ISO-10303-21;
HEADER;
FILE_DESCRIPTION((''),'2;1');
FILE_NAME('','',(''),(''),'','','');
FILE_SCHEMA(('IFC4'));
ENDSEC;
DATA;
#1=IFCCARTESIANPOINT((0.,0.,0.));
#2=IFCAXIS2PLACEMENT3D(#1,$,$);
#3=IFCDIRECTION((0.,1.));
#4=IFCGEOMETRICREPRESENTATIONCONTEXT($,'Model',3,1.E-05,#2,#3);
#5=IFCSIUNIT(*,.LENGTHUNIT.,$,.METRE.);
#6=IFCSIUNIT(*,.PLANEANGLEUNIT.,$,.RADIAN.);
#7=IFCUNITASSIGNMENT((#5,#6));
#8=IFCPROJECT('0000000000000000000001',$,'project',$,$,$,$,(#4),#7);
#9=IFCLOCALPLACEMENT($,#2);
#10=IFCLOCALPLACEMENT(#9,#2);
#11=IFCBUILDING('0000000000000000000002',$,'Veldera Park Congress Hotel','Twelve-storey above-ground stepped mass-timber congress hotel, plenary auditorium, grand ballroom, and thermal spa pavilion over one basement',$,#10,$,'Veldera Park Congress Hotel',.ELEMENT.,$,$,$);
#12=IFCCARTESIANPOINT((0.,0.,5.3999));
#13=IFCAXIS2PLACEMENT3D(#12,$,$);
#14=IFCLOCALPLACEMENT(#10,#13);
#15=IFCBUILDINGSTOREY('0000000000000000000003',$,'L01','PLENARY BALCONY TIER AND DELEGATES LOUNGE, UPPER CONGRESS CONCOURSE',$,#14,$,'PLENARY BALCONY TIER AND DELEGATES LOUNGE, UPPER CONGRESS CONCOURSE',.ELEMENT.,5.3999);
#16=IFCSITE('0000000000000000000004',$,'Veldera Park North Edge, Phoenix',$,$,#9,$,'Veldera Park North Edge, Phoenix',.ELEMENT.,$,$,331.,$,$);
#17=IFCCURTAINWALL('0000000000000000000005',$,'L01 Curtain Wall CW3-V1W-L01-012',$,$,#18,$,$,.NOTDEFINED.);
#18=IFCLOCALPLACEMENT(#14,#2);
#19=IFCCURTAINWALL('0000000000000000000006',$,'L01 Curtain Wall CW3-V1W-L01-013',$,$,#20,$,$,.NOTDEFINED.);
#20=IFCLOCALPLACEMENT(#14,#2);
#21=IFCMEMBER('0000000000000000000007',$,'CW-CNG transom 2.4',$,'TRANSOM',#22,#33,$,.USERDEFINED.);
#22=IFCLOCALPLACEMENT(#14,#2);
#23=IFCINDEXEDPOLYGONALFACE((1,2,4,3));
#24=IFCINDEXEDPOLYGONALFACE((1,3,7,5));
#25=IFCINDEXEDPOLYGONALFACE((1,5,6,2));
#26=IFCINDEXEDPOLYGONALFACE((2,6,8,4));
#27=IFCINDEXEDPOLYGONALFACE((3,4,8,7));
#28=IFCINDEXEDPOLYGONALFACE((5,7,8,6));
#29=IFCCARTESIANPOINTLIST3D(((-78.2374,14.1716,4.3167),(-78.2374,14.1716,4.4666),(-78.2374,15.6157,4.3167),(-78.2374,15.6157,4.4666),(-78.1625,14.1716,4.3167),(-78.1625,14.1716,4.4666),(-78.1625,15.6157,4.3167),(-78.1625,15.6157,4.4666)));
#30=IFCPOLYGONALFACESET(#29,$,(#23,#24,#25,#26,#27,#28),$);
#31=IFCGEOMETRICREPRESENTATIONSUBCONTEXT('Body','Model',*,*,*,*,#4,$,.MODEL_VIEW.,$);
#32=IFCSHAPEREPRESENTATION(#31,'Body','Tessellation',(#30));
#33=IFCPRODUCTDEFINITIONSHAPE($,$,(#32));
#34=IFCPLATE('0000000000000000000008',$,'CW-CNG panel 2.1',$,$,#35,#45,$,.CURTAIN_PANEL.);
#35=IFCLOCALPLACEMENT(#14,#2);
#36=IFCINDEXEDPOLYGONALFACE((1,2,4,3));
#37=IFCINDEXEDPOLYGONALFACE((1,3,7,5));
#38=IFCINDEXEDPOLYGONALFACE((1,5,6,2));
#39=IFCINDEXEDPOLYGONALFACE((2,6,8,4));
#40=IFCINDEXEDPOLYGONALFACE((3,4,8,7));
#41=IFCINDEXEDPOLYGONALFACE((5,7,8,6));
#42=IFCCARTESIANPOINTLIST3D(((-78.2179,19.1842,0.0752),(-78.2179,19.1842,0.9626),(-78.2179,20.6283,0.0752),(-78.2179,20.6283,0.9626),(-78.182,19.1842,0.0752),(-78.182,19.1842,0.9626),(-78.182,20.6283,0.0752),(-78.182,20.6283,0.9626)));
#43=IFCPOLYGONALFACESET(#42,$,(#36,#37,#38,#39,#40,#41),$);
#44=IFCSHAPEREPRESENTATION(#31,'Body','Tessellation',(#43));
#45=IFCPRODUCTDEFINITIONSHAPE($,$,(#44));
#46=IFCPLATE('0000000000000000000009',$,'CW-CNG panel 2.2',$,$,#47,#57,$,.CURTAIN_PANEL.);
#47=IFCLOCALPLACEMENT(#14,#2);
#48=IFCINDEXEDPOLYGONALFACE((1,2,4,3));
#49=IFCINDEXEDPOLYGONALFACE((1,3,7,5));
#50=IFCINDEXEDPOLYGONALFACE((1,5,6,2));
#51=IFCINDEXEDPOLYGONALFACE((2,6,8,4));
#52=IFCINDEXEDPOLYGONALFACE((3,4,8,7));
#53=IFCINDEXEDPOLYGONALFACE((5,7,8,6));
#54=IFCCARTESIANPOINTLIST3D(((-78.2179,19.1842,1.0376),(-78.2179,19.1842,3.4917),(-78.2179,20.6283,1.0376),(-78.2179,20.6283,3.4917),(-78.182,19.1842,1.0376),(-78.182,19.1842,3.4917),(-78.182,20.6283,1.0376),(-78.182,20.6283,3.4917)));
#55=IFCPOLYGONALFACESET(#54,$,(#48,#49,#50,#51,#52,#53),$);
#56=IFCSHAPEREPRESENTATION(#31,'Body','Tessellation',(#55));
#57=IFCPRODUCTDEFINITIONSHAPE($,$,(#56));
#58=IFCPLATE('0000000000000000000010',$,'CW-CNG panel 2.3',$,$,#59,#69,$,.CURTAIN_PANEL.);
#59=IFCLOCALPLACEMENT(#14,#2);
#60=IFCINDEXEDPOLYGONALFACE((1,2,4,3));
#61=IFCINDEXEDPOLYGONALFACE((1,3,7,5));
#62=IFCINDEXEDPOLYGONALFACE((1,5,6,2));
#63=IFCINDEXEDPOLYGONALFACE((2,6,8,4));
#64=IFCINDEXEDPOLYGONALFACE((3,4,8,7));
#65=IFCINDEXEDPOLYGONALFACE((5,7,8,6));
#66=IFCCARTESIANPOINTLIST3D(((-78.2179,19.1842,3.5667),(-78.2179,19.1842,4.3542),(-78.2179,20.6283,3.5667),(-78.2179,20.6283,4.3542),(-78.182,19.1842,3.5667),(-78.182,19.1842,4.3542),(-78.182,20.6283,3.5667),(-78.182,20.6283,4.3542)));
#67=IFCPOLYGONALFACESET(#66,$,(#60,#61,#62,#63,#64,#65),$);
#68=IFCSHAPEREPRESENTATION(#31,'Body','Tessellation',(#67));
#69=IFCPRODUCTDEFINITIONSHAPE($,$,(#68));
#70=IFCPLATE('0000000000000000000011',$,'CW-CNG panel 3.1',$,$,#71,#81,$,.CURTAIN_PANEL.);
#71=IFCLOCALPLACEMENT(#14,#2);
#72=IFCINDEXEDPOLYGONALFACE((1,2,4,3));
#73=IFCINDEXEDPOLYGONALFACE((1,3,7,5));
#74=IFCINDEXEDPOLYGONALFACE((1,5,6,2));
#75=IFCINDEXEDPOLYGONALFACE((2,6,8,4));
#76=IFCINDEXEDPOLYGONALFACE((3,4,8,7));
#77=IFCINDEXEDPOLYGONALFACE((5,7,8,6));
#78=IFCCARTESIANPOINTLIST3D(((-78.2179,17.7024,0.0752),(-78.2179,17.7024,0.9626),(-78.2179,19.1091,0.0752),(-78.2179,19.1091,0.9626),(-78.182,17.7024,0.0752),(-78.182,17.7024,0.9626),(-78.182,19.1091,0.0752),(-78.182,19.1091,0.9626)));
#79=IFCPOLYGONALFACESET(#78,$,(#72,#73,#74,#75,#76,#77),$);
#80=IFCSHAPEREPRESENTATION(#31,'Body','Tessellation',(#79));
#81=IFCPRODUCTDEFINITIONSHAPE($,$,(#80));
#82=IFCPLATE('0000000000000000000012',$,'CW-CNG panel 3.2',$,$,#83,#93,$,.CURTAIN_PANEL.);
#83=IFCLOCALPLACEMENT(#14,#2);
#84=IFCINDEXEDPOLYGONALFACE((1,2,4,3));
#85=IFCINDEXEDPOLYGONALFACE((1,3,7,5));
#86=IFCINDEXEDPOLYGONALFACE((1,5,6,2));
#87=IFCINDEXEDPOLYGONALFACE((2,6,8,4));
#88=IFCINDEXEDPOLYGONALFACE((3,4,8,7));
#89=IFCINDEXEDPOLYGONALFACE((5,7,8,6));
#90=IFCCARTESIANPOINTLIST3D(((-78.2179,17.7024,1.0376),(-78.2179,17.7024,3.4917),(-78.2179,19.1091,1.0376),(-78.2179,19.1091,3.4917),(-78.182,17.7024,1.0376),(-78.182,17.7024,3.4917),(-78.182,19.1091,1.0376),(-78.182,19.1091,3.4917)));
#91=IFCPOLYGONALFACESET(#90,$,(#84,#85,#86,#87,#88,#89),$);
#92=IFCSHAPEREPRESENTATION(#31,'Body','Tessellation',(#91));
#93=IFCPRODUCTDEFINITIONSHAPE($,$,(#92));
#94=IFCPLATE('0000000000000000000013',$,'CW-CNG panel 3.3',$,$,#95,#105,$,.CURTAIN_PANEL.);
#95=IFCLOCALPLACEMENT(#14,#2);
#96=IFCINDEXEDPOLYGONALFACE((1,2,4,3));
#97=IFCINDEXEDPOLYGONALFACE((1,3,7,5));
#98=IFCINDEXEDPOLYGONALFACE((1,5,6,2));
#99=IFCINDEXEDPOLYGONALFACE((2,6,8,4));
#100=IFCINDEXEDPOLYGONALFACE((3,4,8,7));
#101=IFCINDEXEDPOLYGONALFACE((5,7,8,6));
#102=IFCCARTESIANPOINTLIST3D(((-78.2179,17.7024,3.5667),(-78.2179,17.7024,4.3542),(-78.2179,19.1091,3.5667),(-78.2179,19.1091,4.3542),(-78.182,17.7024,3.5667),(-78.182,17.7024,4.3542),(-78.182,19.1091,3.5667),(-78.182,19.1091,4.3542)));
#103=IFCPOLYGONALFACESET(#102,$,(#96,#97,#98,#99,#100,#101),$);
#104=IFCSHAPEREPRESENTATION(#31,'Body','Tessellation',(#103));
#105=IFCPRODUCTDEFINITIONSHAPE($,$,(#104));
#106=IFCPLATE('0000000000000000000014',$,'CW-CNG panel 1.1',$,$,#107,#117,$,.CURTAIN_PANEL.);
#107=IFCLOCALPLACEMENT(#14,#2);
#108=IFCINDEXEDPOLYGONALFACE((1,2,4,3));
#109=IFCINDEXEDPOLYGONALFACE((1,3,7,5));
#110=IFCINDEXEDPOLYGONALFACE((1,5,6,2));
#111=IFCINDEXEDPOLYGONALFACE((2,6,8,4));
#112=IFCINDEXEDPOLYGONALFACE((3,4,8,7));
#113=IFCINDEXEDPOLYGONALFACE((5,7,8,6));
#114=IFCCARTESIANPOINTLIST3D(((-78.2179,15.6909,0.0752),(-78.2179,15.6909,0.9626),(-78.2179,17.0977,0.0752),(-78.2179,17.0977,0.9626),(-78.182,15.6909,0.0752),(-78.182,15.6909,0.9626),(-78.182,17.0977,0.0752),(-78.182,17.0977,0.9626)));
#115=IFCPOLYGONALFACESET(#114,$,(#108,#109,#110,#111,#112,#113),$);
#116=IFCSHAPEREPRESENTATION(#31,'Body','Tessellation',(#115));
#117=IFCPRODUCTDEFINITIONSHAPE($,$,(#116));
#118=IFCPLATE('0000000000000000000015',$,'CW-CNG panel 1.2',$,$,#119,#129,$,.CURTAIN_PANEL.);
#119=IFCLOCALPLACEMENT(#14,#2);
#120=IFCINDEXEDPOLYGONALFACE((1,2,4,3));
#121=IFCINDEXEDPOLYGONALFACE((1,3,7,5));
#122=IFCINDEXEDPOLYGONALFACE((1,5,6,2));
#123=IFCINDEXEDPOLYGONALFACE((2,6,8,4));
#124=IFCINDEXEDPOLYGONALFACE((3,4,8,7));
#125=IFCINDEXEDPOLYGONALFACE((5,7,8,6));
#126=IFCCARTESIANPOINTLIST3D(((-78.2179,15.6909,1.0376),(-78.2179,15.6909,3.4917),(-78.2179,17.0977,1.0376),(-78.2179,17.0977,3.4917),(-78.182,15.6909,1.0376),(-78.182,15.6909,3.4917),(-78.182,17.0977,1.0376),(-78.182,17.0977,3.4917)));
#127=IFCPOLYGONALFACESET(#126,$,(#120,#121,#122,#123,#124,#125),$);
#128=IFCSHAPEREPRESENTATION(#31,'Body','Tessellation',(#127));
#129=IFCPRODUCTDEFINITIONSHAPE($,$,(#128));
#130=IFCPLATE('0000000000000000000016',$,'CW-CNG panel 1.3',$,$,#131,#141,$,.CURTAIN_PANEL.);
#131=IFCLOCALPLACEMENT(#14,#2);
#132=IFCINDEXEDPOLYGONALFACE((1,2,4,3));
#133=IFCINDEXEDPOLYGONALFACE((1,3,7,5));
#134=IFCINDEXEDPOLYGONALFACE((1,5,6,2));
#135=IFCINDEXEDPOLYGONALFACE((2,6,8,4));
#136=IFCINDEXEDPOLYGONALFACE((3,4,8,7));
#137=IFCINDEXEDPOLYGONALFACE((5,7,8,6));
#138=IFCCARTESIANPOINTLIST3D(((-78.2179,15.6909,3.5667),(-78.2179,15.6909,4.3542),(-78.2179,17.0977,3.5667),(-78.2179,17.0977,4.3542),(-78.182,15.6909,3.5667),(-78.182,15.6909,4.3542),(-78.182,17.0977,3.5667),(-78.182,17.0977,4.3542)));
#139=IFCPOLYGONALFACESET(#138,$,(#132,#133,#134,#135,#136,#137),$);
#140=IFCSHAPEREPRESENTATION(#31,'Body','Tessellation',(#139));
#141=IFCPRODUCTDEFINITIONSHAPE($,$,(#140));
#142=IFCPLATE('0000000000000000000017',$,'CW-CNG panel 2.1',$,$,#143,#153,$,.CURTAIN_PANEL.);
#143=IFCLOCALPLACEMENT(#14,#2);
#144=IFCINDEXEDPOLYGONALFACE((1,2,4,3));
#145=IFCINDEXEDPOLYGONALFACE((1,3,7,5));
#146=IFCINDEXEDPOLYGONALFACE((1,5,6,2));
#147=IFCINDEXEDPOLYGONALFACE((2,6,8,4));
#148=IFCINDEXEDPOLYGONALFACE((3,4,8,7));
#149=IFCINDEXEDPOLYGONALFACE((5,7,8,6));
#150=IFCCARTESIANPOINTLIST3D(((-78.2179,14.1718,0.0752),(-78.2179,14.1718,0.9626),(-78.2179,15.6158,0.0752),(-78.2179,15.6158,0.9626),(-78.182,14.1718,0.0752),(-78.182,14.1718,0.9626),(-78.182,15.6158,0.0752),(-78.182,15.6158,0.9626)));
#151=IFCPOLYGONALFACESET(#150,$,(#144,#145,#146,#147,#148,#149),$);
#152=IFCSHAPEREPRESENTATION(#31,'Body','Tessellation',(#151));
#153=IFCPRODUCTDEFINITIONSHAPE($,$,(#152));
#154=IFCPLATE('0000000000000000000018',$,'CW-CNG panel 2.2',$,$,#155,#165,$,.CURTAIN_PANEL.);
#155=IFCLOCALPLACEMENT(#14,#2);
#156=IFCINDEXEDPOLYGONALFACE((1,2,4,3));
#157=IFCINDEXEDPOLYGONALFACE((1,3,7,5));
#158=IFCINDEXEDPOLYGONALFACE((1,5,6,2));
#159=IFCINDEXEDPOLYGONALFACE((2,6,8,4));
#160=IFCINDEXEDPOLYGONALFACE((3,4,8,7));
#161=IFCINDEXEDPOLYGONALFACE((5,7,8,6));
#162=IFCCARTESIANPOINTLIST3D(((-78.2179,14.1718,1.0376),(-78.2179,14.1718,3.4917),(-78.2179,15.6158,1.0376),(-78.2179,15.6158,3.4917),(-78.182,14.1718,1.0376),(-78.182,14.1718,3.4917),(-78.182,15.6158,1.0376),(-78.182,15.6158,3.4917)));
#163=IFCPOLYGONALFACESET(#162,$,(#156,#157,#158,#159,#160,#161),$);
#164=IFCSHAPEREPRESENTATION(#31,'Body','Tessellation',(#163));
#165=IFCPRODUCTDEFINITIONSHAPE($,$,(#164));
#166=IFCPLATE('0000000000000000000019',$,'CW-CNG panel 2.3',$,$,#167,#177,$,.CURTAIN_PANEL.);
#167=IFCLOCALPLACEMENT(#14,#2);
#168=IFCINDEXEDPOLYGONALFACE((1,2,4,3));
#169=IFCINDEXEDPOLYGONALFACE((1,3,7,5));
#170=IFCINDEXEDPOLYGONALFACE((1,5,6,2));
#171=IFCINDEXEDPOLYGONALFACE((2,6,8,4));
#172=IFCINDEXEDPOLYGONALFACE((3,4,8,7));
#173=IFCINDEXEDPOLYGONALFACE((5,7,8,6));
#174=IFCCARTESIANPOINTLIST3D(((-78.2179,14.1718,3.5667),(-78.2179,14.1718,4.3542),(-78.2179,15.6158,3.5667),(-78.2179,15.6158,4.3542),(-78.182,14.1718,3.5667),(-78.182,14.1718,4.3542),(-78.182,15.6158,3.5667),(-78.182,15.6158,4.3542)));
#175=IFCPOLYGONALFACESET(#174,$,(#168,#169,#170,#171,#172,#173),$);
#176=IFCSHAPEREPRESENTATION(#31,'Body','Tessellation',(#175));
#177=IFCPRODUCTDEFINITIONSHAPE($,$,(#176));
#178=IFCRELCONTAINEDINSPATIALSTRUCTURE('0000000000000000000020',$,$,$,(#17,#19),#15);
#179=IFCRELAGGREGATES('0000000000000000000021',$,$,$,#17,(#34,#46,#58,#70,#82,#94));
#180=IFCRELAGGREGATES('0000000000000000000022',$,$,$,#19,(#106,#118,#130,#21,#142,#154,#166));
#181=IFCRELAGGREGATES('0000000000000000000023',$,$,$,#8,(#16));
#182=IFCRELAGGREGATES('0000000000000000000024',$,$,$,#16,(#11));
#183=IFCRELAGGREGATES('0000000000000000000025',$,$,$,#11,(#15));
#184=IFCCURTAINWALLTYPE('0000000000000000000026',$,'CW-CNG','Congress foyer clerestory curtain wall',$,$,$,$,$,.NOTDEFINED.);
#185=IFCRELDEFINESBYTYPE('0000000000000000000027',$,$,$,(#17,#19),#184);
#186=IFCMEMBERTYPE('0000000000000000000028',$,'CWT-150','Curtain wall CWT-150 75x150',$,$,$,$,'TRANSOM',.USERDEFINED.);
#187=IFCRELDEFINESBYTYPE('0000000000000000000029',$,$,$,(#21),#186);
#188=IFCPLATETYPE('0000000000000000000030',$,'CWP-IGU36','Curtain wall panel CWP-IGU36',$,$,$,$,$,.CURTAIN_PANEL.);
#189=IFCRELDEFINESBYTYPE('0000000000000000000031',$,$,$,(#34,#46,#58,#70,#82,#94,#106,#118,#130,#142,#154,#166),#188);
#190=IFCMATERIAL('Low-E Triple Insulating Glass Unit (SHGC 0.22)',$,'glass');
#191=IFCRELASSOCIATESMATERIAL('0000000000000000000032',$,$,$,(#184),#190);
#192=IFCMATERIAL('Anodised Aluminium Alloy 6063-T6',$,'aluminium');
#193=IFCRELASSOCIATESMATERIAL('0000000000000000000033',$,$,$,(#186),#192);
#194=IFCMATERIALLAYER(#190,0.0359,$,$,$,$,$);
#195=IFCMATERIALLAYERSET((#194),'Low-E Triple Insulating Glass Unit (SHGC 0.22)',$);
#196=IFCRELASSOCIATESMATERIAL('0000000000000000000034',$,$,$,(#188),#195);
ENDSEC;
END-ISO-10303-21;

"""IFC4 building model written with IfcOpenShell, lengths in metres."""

from ifc_helpers import new_model, si_unit, direction, frame, origin, origin_2d, place, context, subcontext, project, spatial, rectangle, extrude, material, layer, layer_set, material_profile, profile_set, type_object, element, aggregate, save


model = new_model("IFC4")

# Units and contexts
model_context = context("Model", 3, precision=1e-05, world=origin(), true_north=direction((0.0, 1.0)))
body_context = subcontext(model_context, "Body", "Model", "MODEL_VIEW")
ifc_project = project(units=[si_unit("LENGTHUNIT", "METRE"), si_unit("PLANEANGLEUNIT", "RADIAN")], contexts=[model_context])

# Site, building, storey
site_placement = place(None, origin())
site = spatial("IfcSite", under=ifc_project, at=site_placement, Name="Veldera Park North Edge, Phoenix", LongName="Veldera Park North Edge, Phoenix", CompositionType="ELEMENT", RefElevation=331.0)
building_placement = place(site_placement, origin())
building = spatial("IfcBuilding", under=site, at=building_placement, Name="Veldera Park Congress Hotel", Description="Twelve-storey above-ground stepped mass-timber congress hotel, plenary auditorium, grand ballroom, and thermal spa pavilion over one basement", LongName="Veldera Park Congress Hotel", CompositionType="ELEMENT")
storey_placement = place(building_placement, frame((0.0, 0.0, 5.3999)))
storey = spatial("IfcBuildingStorey", under=building, at=storey_placement, Name="L01", Description="PLENARY BALCONY TIER AND DELEGATES LOUNGE, UPPER CONGRESS CONCOURSE", LongName="PLENARY BALCONY TIER AND DELEGATES LOUNGE, UPPER CONGRESS CONCOURSE", CompositionType="ELEMENT", Elevation=5.3999)

# Curtain walls
ifc_material_1 = material(Name="Low-E Triple Insulating Glass Unit (SHGC 0.22)", Category="glass")
curtain_wall_type = type_object("IfcCurtainWallType", Name="CW-CNG", Description="Congress foyer clerestory curtain wall", PredefinedType="NOTDEFINED", material=ifc_material_1)
curtain_wall_1_placement = place(storey_placement, origin())
curtain_wall_1 = element("IfcCurtainWall", 1, at=curtain_wall_1_placement, inside=storey, type_object=curtain_wall_type, Name="L01 Curtain Wall CW3-V1W-L01-012", PredefinedType="NOTDEFINED")
ifc_material_2 = material(Name="Anodised Aluminium Alloy 6063-T6", Category="aluminium")
curtain_wall_2_placement = place(storey_placement, origin())
curtain_wall_2 = element("IfcCurtainWall", 2, at=curtain_wall_2_placement, inside=storey, type_object=curtain_wall_type, Name="L01 Curtain Wall CW3-V1W-L01-013", PredefinedType="NOTDEFINED")

# Member
ifc_material_profile_1 = material_profile(ifc_material_2, rectangle(XDim=0.075, YDim=0.1499, at=origin_2d()), Name="ALU 75x150")
ifc_profile_set_1 = profile_set([ifc_material_profile_1], Name="Anodised Aluminium Alloy 6063-T6")
member_type_1 = type_object("IfcMemberType", Name="CWT-150", Description="Curtain wall CWT-150 75x150", ElementType="TRANSOM", PredefinedType="USERDEFINED", material=ifc_profile_set_1)
member_1_placement = place(storey_placement, frame((-78.2, 15.6157, 4.3916), z_axis=(0.0, -1.0, 0.0), x_axis=(1.0, 0.0, 0.0)))
member_1 = element("IfcMember", 3, at=member_1_placement, type_object=member_type_1, Name="CW-CNG transom 2.4", ObjectType="TRANSOM", PredefinedType="USERDEFINED", context=body_context, shape_type="SweptSolid", body=[
    extrude(rectangle(XDim=0.075, YDim=0.1499, at=origin_2d()), origin(), (0.0, 0.0, 1.0), 1.4441),
])

# Plates
ifc_layer = layer(ifc_material_1, 0.0359)
ifc_layer_set = layer_set([ifc_layer], Name="Low-E Triple Insulating Glass Unit (SHGC 0.22)")
plate_type = type_object("IfcPlateType", Name="CWP-IGU36", Description="Curtain wall panel CWP-IGU36", PredefinedType="CURTAIN_PANEL", material=ifc_layer_set)
plate_1_placement = place(storey_placement, frame((-78.2, 19.9062, 0.0752), z_axis=(0.0, 0.0, 1.0), x_axis=(0.0, -1.0, 0.0)))
plate_1 = element("IfcPlate", 4, at=plate_1_placement, type_object=plate_type, Name="CW-CNG panel 2.1", PredefinedType="CURTAIN_PANEL", context=body_context, shape_type="SweptSolid", body=[
    extrude(rectangle(XDim=1.4441, YDim=0.0359, at=origin_2d()), origin(), (0.0, 0.0, 1.0), 0.8875),
])
plate_2_placement = place(storey_placement, frame((-78.2, 19.9062, 1.0376), z_axis=(0.0, 0.0, 1.0), x_axis=(0.0, -1.0, 0.0)))
plate_2 = element("IfcPlate", 5, at=plate_2_placement, type_object=plate_type, Name="CW-CNG panel 2.2", PredefinedType="CURTAIN_PANEL", context=body_context, shape_type="SweptSolid", body=[
    extrude(rectangle(XDim=1.4441, YDim=0.0359, at=origin_2d()), origin(), (0.0, 0.0, 1.0), 2.4541),
])
plate_3_placement = place(storey_placement, frame((-78.2, 19.9062, 3.5667), z_axis=(0.0, 0.0, 1.0), x_axis=(0.0, -1.0, 0.0)))
plate_3 = element("IfcPlate", 6, at=plate_3_placement, type_object=plate_type, Name="CW-CNG panel 2.3", PredefinedType="CURTAIN_PANEL", context=body_context, shape_type="SweptSolid", body=[
    extrude(rectangle(XDim=1.4441, YDim=0.0359, at=origin_2d()), origin(), (0.0, 0.0, 1.0), 0.7876),
])
plate_4_placement = place(storey_placement, frame((-78.2, 18.4058, 0.0752), z_axis=(0.0, 0.0, 1.0), x_axis=(0.0, -1.0, 0.0)))
plate_4 = element("IfcPlate", 7, at=plate_4_placement, type_object=plate_type, Name="CW-CNG panel 3.1", PredefinedType="CURTAIN_PANEL", context=body_context, shape_type="SweptSolid", body=[
    extrude(rectangle(XDim=1.4067, YDim=0.0359, at=origin_2d()), origin(), (0.0, 0.0, 1.0), 0.8875),
])
plate_5_placement = place(storey_placement, frame((-78.2, 18.4058, 1.0376), z_axis=(0.0, 0.0, 1.0), x_axis=(0.0, -1.0, 0.0)))
plate_5 = element("IfcPlate", 8, at=plate_5_placement, type_object=plate_type, Name="CW-CNG panel 3.2", PredefinedType="CURTAIN_PANEL", context=body_context, shape_type="SweptSolid", body=[
    extrude(rectangle(XDim=1.4067, YDim=0.0359, at=origin_2d()), origin(), (0.0, 0.0, 1.0), 2.4541),
])
plate_6_placement = place(storey_placement, frame((-78.2, 18.4058, 3.5667), z_axis=(0.0, 0.0, 1.0), x_axis=(0.0, -1.0, 0.0)))
plate_6 = element("IfcPlate", 9, at=plate_6_placement, type_object=plate_type, Name="CW-CNG panel 3.3", PredefinedType="CURTAIN_PANEL", context=body_context, shape_type="SweptSolid", body=[
    extrude(rectangle(XDim=1.4067, YDim=0.0359, at=origin_2d()), origin(), (0.0, 0.0, 1.0), 0.7876),
])
aggregate(curtain_wall_1, [plate_1, plate_2, plate_3, plate_4, plate_5, plate_6])
plate_7_placement = place(storey_placement, frame((-78.2, 16.3943, 0.0752), z_axis=(0.0, 0.0, 1.0), x_axis=(0.0, -1.0, 0.0)))
plate_7 = element("IfcPlate", 10, at=plate_7_placement, type_object=plate_type, Name="CW-CNG panel 1.1", PredefinedType="CURTAIN_PANEL", context=body_context, shape_type="SweptSolid", body=[
    extrude(rectangle(XDim=1.4067, YDim=0.0359, at=origin_2d()), origin(), (0.0, 0.0, 1.0), 0.8875),
])
plate_8_placement = place(storey_placement, frame((-78.2, 16.3943, 1.0376), z_axis=(0.0, 0.0, 1.0), x_axis=(0.0, -1.0, 0.0)))
plate_8 = element("IfcPlate", 11, at=plate_8_placement, type_object=plate_type, Name="CW-CNG panel 1.2", PredefinedType="CURTAIN_PANEL", context=body_context, shape_type="SweptSolid", body=[
    extrude(rectangle(XDim=1.4067, YDim=0.0359, at=origin_2d()), origin(), (0.0, 0.0, 1.0), 2.4541),
])
plate_9_placement = place(storey_placement, frame((-78.2, 16.3943, 3.5667), z_axis=(0.0, 0.0, 1.0), x_axis=(0.0, -1.0, 0.0)))
plate_9 = element("IfcPlate", 12, at=plate_9_placement, type_object=plate_type, Name="CW-CNG panel 1.3", PredefinedType="CURTAIN_PANEL", context=body_context, shape_type="SweptSolid", body=[
    extrude(rectangle(XDim=1.4067, YDim=0.0359, at=origin_2d()), origin(), (0.0, 0.0, 1.0), 0.7876),
])
plate_10_placement = place(storey_placement, frame((-78.2, 14.8938, 0.0752), z_axis=(0.0, 0.0, 1.0), x_axis=(0.0, -1.0, 0.0)))
plate_10 = element("IfcPlate", 13, at=plate_10_placement, type_object=plate_type, Name="CW-CNG panel 2.1", PredefinedType="CURTAIN_PANEL", context=body_context, shape_type="SweptSolid", body=[
    extrude(rectangle(XDim=1.4441, YDim=0.0359, at=origin_2d()), origin(), (0.0, 0.0, 1.0), 0.8875),
])
plate_11_placement = place(storey_placement, frame((-78.2, 14.8938, 1.0376), z_axis=(0.0, 0.0, 1.0), x_axis=(0.0, -1.0, 0.0)))
plate_11 = element("IfcPlate", 14, at=plate_11_placement, type_object=plate_type, Name="CW-CNG panel 2.2", PredefinedType="CURTAIN_PANEL", context=body_context, shape_type="SweptSolid", body=[
    extrude(rectangle(XDim=1.4441, YDim=0.0359, at=origin_2d()), origin(), (0.0, 0.0, 1.0), 2.4541),
])
plate_12_placement = place(storey_placement, frame((-78.2, 14.8938, 3.5667), z_axis=(0.0, 0.0, 1.0), x_axis=(0.0, -1.0, 0.0)))
plate_12 = element("IfcPlate", 15, at=plate_12_placement, type_object=plate_type, Name="CW-CNG panel 2.3", PredefinedType="CURTAIN_PANEL", context=body_context, shape_type="SweptSolid", body=[
    extrude(rectangle(XDim=1.4441, YDim=0.0359, at=origin_2d()), origin(), (0.0, 0.0, 1.0), 0.7876),
])
aggregate(curtain_wall_2, [plate_7, plate_8, plate_9, member_1, plate_10, plate_11, plate_12])

save(model, "model.ifc")
